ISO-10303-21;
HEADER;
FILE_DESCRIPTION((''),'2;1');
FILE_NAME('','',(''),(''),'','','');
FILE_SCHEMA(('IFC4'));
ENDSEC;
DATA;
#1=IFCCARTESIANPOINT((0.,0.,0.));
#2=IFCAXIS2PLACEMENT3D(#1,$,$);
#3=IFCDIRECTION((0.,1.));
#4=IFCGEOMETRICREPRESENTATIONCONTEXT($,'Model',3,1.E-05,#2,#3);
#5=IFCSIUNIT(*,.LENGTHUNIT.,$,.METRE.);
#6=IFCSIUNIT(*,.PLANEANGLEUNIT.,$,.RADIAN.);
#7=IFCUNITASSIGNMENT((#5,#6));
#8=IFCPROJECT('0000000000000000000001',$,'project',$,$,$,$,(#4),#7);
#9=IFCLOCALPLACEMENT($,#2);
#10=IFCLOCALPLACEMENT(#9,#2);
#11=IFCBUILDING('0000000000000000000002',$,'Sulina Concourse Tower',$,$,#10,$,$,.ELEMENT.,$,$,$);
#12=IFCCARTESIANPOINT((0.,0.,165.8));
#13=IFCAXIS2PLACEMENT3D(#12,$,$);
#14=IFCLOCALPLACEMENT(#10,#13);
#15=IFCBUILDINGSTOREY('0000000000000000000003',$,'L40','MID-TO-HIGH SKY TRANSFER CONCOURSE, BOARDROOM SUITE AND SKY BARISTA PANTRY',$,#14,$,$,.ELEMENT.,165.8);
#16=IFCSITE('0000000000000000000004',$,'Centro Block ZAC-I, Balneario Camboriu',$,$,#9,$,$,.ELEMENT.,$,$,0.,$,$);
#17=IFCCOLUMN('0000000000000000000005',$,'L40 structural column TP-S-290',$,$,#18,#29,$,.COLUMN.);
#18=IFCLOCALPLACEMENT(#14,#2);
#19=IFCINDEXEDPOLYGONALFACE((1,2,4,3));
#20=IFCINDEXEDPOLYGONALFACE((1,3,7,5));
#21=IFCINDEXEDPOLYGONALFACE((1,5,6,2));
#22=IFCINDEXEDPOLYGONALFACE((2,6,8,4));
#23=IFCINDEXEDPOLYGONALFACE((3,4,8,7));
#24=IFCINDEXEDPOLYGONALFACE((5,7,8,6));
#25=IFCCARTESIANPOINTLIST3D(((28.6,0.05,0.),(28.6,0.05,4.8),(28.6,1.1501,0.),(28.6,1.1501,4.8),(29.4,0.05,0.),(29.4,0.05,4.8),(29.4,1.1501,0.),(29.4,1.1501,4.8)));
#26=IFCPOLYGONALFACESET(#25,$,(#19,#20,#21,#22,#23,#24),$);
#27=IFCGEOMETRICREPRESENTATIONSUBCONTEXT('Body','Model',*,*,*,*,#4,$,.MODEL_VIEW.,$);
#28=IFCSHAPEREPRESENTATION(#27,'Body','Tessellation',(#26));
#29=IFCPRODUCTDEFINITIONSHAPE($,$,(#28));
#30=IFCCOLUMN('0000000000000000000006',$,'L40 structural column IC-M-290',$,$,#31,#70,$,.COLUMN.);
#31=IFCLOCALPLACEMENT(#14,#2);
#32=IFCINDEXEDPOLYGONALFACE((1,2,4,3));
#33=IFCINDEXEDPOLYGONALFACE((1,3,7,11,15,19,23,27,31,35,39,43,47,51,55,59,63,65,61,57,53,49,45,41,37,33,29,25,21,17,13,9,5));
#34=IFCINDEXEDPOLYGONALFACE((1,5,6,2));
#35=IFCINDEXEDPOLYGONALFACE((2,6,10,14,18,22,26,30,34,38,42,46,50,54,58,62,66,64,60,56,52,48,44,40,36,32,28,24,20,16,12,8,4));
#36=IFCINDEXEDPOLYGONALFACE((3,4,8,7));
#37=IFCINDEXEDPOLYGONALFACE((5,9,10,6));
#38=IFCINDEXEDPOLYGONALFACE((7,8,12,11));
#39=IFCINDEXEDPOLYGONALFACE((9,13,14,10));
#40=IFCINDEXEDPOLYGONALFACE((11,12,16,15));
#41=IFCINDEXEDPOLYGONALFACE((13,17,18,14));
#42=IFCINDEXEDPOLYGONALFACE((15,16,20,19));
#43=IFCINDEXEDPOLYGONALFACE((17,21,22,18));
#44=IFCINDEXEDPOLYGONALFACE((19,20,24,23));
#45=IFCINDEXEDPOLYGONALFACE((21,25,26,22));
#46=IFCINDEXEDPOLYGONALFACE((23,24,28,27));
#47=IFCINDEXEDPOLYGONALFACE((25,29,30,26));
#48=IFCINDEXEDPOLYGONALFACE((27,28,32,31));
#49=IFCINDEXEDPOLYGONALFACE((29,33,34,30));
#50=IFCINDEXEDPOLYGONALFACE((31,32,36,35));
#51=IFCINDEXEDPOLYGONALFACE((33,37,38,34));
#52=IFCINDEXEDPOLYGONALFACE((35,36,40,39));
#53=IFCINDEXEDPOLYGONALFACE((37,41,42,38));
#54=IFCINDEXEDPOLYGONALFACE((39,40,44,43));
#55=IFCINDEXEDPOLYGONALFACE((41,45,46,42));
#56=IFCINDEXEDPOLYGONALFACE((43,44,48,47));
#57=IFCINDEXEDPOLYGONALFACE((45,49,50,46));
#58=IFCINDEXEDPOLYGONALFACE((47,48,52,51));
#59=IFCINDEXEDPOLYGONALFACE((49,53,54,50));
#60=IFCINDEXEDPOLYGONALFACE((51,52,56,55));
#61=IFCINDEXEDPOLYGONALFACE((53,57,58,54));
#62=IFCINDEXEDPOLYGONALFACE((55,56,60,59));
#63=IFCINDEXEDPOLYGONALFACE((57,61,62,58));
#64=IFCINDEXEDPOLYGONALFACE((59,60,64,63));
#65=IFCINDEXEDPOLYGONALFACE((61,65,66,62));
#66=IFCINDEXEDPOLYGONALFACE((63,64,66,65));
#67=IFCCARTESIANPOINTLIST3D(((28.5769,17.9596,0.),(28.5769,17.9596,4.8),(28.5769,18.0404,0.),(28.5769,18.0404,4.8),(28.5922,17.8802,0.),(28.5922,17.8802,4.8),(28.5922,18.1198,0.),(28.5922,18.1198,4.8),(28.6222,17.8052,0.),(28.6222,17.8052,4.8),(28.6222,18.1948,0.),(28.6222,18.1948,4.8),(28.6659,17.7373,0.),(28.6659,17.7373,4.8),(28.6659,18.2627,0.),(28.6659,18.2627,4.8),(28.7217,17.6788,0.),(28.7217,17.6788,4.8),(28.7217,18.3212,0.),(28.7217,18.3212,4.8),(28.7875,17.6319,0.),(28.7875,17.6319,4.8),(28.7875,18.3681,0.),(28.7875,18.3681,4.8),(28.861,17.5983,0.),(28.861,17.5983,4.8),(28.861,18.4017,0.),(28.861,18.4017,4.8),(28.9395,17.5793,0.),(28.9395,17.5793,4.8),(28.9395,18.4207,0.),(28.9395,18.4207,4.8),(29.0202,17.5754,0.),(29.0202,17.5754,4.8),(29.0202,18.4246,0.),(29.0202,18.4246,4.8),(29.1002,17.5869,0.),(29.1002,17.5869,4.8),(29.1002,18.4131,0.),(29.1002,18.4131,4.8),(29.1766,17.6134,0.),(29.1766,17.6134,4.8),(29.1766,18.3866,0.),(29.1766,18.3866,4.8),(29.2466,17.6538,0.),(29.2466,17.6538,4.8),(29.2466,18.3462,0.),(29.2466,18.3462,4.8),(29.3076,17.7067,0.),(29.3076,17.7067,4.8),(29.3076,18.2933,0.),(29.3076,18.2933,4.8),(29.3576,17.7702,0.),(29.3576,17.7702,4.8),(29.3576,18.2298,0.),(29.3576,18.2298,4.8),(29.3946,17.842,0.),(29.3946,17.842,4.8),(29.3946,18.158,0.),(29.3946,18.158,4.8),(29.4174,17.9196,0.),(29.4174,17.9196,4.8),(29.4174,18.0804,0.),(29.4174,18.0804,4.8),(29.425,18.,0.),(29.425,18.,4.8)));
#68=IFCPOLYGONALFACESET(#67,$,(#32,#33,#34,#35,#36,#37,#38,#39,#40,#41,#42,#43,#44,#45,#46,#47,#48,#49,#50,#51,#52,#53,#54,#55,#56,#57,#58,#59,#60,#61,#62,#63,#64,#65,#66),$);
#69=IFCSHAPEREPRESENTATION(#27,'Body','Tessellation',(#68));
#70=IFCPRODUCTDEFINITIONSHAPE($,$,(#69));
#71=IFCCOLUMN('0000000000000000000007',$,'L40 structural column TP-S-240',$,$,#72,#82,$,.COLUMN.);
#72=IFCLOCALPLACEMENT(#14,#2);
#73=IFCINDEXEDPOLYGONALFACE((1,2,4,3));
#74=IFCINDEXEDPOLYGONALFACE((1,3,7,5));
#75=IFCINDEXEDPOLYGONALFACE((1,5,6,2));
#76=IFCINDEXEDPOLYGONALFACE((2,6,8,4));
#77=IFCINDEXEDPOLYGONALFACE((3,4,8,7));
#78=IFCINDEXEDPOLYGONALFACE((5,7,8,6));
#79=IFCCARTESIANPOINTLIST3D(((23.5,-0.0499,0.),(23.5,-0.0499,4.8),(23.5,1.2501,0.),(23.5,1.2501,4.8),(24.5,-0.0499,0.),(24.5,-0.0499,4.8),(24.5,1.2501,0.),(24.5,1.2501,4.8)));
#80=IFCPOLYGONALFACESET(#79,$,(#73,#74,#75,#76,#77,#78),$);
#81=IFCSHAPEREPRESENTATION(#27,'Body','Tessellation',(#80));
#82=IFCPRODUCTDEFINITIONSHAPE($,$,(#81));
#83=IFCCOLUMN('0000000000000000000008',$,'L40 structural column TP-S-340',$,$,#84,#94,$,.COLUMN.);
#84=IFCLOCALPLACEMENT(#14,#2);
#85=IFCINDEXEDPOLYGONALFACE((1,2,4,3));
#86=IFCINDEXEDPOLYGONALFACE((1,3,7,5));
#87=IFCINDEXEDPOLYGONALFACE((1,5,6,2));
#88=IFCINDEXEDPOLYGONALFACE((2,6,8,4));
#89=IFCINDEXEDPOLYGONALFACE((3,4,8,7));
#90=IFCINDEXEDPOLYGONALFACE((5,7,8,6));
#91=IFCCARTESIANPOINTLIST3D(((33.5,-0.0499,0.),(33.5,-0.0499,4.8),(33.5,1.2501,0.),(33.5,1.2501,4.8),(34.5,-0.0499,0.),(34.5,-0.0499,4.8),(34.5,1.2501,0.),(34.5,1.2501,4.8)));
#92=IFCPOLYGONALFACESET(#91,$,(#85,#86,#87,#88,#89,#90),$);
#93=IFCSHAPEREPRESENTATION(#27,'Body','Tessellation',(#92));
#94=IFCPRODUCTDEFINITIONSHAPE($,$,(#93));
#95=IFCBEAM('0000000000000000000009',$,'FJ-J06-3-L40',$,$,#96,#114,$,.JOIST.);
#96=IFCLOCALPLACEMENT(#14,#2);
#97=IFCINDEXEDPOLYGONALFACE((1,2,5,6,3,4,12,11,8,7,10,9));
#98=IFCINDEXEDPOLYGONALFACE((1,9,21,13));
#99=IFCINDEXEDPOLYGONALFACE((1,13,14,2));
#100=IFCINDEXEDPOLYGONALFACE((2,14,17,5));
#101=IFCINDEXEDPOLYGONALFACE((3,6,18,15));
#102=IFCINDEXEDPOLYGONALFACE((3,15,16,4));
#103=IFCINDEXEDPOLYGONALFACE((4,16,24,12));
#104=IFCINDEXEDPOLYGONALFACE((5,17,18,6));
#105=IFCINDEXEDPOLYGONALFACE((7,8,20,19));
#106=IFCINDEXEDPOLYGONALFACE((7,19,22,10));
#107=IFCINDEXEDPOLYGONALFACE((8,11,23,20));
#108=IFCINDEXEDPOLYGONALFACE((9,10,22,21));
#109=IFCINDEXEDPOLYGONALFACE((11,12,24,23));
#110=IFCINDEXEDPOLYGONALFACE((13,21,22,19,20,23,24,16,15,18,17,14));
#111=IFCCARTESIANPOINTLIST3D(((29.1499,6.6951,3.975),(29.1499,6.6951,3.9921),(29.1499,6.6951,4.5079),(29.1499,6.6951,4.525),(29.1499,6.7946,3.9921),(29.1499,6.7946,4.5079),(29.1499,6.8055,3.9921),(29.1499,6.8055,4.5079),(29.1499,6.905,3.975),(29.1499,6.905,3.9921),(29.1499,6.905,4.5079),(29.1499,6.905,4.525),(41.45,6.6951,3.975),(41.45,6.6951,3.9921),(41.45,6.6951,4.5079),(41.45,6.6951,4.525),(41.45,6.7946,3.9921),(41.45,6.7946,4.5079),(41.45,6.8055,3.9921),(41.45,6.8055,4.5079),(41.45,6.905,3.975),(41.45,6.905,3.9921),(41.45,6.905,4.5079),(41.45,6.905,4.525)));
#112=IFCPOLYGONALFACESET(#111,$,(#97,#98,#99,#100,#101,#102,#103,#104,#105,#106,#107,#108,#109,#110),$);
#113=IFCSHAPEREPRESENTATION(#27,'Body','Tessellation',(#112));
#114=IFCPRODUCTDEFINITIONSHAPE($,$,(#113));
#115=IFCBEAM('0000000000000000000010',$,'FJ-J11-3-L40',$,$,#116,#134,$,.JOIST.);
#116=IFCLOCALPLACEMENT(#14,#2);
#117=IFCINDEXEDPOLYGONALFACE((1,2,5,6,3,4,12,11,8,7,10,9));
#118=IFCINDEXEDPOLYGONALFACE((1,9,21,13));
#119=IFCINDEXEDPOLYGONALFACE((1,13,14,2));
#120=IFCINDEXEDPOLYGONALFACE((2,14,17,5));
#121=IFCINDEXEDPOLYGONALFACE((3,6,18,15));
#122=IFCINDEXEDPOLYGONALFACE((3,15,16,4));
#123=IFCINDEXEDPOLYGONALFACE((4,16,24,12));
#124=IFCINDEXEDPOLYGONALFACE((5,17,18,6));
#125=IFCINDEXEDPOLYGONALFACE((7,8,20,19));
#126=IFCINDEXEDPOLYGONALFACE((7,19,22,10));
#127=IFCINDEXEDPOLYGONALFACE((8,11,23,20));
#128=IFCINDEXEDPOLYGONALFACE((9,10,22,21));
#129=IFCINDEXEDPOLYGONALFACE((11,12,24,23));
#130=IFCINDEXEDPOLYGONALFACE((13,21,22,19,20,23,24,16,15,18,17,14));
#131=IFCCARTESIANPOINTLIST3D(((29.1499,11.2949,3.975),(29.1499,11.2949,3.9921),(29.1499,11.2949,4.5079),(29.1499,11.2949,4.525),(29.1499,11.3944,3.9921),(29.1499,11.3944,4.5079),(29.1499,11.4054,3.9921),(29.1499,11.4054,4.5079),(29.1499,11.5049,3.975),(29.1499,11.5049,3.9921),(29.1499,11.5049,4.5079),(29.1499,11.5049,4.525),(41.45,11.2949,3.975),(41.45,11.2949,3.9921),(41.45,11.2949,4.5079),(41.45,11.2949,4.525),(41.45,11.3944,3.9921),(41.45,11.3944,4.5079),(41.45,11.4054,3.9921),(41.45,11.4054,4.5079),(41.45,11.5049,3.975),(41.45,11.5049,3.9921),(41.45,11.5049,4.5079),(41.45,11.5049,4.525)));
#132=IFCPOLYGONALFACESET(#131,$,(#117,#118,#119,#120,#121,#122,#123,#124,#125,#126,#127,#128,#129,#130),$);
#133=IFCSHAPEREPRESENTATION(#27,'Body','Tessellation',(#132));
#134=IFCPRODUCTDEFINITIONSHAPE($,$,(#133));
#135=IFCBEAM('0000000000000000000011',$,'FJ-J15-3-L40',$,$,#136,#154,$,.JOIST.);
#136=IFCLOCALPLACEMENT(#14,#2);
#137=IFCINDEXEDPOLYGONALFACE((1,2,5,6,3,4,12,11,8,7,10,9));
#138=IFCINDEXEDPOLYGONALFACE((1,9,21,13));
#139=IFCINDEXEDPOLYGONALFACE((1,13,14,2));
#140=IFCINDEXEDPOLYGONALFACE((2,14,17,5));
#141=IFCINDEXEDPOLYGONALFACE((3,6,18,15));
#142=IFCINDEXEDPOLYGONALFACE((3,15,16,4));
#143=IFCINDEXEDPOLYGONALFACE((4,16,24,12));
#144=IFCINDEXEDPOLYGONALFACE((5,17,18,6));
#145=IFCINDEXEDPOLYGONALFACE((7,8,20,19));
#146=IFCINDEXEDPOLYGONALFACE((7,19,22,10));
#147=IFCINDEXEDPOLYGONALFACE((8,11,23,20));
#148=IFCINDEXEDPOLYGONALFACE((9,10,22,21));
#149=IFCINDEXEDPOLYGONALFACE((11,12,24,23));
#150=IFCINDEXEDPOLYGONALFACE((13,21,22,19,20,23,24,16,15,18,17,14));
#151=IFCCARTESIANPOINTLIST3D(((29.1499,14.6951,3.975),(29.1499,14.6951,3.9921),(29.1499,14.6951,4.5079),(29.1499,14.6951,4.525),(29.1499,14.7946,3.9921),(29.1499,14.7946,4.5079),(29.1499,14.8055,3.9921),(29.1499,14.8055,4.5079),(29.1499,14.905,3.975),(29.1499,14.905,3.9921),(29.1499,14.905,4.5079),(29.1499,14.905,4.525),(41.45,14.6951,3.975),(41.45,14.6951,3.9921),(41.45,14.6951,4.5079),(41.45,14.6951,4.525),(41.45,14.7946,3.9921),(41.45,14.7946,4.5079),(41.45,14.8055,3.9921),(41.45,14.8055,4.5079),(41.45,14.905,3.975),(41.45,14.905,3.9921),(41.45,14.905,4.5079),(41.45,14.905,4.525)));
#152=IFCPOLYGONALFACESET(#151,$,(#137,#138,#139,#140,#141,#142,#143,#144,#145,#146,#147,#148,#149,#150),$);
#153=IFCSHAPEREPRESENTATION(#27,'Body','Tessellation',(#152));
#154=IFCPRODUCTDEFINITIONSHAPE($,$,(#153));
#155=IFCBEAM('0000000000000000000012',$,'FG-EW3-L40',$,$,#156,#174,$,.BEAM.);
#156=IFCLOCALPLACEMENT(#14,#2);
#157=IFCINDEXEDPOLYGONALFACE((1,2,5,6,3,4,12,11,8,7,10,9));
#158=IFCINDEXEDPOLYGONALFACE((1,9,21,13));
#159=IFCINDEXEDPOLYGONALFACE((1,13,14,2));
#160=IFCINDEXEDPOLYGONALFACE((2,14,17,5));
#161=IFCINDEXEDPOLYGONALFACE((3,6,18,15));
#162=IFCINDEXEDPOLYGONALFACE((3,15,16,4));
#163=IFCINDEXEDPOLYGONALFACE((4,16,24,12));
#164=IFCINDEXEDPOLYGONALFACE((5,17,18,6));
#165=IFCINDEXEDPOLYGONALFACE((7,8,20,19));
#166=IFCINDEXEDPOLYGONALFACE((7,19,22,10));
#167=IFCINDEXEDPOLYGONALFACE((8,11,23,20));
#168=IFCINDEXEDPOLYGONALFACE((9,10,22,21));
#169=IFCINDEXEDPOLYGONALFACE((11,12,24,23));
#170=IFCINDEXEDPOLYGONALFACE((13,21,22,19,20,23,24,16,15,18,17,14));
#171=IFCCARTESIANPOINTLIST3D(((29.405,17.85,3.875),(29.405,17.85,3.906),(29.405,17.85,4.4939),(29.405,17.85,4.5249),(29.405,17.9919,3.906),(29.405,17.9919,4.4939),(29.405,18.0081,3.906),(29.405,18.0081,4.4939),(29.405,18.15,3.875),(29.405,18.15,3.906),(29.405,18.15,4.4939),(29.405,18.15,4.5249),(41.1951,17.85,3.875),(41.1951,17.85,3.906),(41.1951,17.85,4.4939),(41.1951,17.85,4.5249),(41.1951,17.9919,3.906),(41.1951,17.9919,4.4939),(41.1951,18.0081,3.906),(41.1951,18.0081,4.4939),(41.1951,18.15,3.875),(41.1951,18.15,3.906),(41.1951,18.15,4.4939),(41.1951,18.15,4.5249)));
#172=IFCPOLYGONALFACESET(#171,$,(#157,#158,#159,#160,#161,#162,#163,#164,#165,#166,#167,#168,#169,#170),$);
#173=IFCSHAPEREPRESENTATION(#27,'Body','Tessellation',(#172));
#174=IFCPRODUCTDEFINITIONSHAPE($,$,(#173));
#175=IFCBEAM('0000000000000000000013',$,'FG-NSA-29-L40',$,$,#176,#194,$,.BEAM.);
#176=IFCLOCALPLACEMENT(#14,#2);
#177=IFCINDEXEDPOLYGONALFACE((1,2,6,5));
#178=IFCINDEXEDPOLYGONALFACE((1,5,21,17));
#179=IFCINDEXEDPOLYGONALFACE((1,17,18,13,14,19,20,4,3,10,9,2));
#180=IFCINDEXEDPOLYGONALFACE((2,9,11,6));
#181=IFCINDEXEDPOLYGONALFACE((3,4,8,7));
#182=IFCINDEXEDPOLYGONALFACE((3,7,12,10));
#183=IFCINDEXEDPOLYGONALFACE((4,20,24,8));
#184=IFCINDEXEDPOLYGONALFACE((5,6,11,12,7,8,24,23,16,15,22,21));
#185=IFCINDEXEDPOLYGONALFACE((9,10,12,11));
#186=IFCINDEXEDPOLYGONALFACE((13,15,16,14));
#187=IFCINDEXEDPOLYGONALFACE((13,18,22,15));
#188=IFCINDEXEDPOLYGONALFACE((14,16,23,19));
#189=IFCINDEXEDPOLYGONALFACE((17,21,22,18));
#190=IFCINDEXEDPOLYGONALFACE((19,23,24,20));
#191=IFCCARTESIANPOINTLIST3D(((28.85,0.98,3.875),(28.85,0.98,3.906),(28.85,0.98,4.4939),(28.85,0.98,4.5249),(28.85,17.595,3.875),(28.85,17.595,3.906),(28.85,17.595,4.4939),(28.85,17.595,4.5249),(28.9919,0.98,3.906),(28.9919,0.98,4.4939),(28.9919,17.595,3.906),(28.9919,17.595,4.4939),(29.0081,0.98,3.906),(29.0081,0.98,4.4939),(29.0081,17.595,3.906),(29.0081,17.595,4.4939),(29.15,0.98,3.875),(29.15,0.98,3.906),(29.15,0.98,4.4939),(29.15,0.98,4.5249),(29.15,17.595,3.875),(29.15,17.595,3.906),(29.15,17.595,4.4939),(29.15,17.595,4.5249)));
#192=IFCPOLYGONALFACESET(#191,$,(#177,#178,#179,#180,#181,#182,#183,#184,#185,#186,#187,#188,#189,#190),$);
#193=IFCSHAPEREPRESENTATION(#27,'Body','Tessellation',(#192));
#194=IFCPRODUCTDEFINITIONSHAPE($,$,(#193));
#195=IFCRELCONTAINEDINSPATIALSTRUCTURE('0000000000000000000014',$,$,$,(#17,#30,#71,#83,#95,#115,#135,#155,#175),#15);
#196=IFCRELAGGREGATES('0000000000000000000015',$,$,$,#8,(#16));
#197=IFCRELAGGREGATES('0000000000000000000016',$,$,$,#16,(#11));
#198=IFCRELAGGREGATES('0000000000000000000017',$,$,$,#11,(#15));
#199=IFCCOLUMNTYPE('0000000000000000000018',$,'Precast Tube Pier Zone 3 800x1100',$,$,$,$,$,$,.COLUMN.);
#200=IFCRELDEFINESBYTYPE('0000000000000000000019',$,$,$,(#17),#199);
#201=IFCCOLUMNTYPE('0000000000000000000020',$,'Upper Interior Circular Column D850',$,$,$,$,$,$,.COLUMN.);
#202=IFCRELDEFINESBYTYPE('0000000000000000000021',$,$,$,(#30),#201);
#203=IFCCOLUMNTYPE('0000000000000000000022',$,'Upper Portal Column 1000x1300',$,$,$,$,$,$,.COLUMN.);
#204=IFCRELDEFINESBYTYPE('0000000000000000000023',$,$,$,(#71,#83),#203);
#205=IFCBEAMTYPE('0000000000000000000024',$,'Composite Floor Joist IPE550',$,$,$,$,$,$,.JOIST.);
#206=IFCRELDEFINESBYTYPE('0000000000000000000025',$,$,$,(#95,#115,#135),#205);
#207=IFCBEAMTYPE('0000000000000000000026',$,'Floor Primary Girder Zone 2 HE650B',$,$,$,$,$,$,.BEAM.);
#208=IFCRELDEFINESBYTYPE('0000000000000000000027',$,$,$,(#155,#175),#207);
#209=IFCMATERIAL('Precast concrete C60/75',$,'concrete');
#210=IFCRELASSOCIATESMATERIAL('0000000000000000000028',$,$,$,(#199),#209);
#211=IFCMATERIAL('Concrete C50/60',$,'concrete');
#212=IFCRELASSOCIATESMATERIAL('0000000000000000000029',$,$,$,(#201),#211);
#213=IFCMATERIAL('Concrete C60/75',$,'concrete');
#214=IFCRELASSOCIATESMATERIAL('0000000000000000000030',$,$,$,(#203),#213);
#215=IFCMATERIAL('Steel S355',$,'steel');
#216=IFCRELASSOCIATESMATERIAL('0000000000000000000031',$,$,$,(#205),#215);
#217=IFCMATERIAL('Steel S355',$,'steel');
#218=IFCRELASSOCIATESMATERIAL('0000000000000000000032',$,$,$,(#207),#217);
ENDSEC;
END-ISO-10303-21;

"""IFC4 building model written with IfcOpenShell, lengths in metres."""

from ifc_helpers import new_model, si_unit, direction, frame, origin, origin_2d, place, context, subcontext, project, spatial, rectangle, circle, i_section, extrude, material, material_profile, profile_set, type_object, element, save


model = new_model("IFC4")

# Units and contexts
model_context = context("Model", 3, precision=1e-05, world=origin(), true_north=direction((0.0, 1.0)))
body_context = subcontext(model_context, "Body", "Model", "MODEL_VIEW")
ifc_project = project(units=[si_unit("LENGTHUNIT", "METRE"), si_unit("PLANEANGLEUNIT", "RADIAN")], contexts=[model_context])

# Site, building, storey
site_placement = place(None, origin())
site = spatial("IfcSite", under=ifc_project, at=site_placement, Name="Centro Block ZAC-I, Balneario Camboriu", CompositionType="ELEMENT", RefElevation=0.0)
building_placement = place(site_placement, origin())
building = spatial("IfcBuilding", under=site, at=building_placement, Name="Sulina Concourse Tower", CompositionType="ELEMENT")
storey_placement = place(building_placement, frame((0.0, 0.0, 165.8)))
storey = spatial("IfcBuildingStorey", under=building, at=storey_placement, Name="L40", Description="MID-TO-HIGH SKY TRANSFER CONCOURSE, BOARDROOM SUITE AND SKY BARISTA PANTRY", CompositionType="ELEMENT", Elevation=165.8)

# Columns
ifc_material_1 = material(Name="Precast concrete C60/75", Category="concrete")
ifc_material_profile_1 = material_profile(ifc_material_1, rectangle(XDim=0.8, YDim=1.1001, at=origin_2d()), Name="PC 800x1100")
ifc_profile_set_1 = profile_set([ifc_material_profile_1], Name="Precast concrete C60/75")
column_type_1 = type_object("IfcColumnType", Name="Precast Tube Pier Zone 3 800x1100", PredefinedType="COLUMN", material=ifc_profile_set_1)
column_1_placement = place(storey_placement, frame((29.0, 0.6001, 0.0), z_axis=(0.0, 0.0, 1.0), x_axis=(1.0, 0.0, 0.0)))
element("IfcColumn", 1, at=column_1_placement, inside=storey, type_object=column_type_1, Name="L40 structural column TP-S-290", PredefinedType="COLUMN", context=body_context, shape_type="SweptSolid", body=[
    extrude(rectangle(XDim=0.8, YDim=1.1001, at=origin_2d()), origin(), (0.0, 0.0, 1.0), 4.8),
])
ifc_material_2 = material(Name="Concrete C50/60", Category="concrete")
ifc_material_profile_2 = material_profile(ifc_material_2, circle(Radius=0.425, at=origin_2d()), Name="RC D850")
ifc_profile_set_2 = profile_set([ifc_material_profile_2], Name="Concrete C50/60")
column_type_2 = type_object("IfcColumnType", Name="Upper Interior Circular Column D850", PredefinedType="COLUMN", material=ifc_profile_set_2)
column_2_placement = place(storey_placement, frame((29.0, 18.0, 0.0), z_axis=(0.0, 0.0, 1.0), x_axis=(1.0, 0.0, 0.0)))
element("IfcColumn", 2, at=column_2_placement, inside=storey, type_object=column_type_2, Name="L40 structural column IC-M-290", PredefinedType="COLUMN", context=body_context, shape_type="SweptSolid", body=[
    extrude(circle(Radius=0.425, at=origin_2d()), origin(), (0.0, 0.0, 1.0), 4.8),
])
ifc_material_3 = material(Name="Concrete C60/75", Category="concrete")
ifc_material_profile_3 = material_profile(ifc_material_3, rectangle(XDim=1.0, YDim=1.3, at=origin_2d()), Name="RC 1000x1300")
ifc_profile_set_3 = profile_set([ifc_material_profile_3], Name="Concrete C60/75")
column_type_3 = type_object("IfcColumnType", Name="Upper Portal Column 1000x1300", PredefinedType="COLUMN", material=ifc_profile_set_3)
for number, where, z_axis, x_axis, name in (
    (3, (24.0, 0.6001, 0.0), (0.0, 0.0, 1.0), (1.0, 0.0, 0.0), "L40 structural column TP-S-240"),
    (4, (34.0, 0.6001, 0.0), (0.0, 0.0, 1.0), (1.0, 0.0, 0.0), "L40 structural column TP-S-340"),
):
    element("IfcColumn", number, at=place(storey_placement, frame(where, z_axis=z_axis, x_axis=x_axis)), inside=storey, type_object=column_type_3, Name=name, PredefinedType="COLUMN", context=body_context, shape_type="SweptSolid", body=[
        extrude(rectangle(XDim=1.0, YDim=1.3, at=origin_2d()), origin(), (0.0, 0.0, 1.0), 4.8),
    ])

# Beams
ifc_material_4 = material(Name="Steel S355", Category="steel")
ifc_material_profile_4 = material_profile(ifc_material_4, i_section(OverallWidth=0.21, OverallDepth=0.55, WebThickness=0.011, FlangeThickness=0.0171, at=origin_2d()), Name="IPE 550")
ifc_profile_set_4 = profile_set([ifc_material_profile_4], Name="Steel S355")
beam_type_1 = type_object("IfcBeamType", Name="Composite Floor Joist IPE550", PredefinedType="JOIST", material=ifc_profile_set_4)
for number, where, z_axis, x_axis, name in (
    (5, (29.1499, 6.8, 4.25), (1.0, 0.0, 0.0), (0.0, 1.0, 0.0), "FJ-J06-3-L40"),
    (6, (29.1499, 11.3999, 4.25), (1.0, 0.0, 0.0), (0.0, 1.0, 0.0), "FJ-J11-3-L40"),
    (7, (29.1499, 14.8, 4.25), (1.0, 0.0, 0.0), (0.0, 1.0, 0.0), "FJ-J15-3-L40"),
):
    element("IfcBeam", number, at=place(storey_placement, frame(where, z_axis=z_axis, x_axis=x_axis)), inside=storey, type_object=beam_type_1, Name=name, PredefinedType="JOIST", context=body_context, shape_type="SweptSolid", body=[
        extrude(i_section(OverallWidth=0.21, OverallDepth=0.55, WebThickness=0.011, FlangeThickness=0.0171, at=origin_2d()), origin(), (0.0, 0.0, 1.0), 12.3),
    ])
ifc_material_5 = material(Name="Steel S355", Category="steel")
ifc_material_profile_5 = material_profile(ifc_material_5, i_section(OverallWidth=0.3, OverallDepth=0.6499, WebThickness=0.0161, FlangeThickness=0.031, at=origin_2d()), Name="HE 650 B")
ifc_profile_set_5 = profile_set([ifc_material_profile_5], Name="Steel S355")
beam_type_2 = type_object("IfcBeamType", Name="Floor Primary Girder Zone 2 HE650B", PredefinedType="BEAM", material=ifc_profile_set_5)
beam_1_placement = place(storey_placement, frame((29.405, 18.0, 4.2), z_axis=(1.0, 0.0, 0.0), x_axis=(0.0, 1.0, 0.0)))
element("IfcBeam", 8, at=beam_1_placement, inside=storey, type_object=beam_type_2, Name="FG-EW3-L40", PredefinedType="BEAM", context=body_context, shape_type="SweptSolid", body=[
    extrude(i_section(OverallWidth=0.3, OverallDepth=0.6499, WebThickness=0.0161, FlangeThickness=0.031, at=origin_2d()), origin(), (0.0, 0.0, 1.0), 11.79),
])
beam_2_placement = place(storey_placement, frame((29.0, 0.98, 4.2), z_axis=(0.0, 1.0, 0.0), x_axis=(-1.0, 0.0, 0.0)))
element("IfcBeam", 9, at=beam_2_placement, inside=storey, type_object=beam_type_2, Name="FG-NSA-29-L40", PredefinedType="BEAM", context=body_context, shape_type="SweptSolid", body=[
    extrude(i_section(OverallWidth=0.3, OverallDepth=0.6499, WebThickness=0.0161, FlangeThickness=0.031, at=origin_2d()), origin(), (0.0, 0.0, 1.0), 16.615),
])

save(model, "model.ifc")
